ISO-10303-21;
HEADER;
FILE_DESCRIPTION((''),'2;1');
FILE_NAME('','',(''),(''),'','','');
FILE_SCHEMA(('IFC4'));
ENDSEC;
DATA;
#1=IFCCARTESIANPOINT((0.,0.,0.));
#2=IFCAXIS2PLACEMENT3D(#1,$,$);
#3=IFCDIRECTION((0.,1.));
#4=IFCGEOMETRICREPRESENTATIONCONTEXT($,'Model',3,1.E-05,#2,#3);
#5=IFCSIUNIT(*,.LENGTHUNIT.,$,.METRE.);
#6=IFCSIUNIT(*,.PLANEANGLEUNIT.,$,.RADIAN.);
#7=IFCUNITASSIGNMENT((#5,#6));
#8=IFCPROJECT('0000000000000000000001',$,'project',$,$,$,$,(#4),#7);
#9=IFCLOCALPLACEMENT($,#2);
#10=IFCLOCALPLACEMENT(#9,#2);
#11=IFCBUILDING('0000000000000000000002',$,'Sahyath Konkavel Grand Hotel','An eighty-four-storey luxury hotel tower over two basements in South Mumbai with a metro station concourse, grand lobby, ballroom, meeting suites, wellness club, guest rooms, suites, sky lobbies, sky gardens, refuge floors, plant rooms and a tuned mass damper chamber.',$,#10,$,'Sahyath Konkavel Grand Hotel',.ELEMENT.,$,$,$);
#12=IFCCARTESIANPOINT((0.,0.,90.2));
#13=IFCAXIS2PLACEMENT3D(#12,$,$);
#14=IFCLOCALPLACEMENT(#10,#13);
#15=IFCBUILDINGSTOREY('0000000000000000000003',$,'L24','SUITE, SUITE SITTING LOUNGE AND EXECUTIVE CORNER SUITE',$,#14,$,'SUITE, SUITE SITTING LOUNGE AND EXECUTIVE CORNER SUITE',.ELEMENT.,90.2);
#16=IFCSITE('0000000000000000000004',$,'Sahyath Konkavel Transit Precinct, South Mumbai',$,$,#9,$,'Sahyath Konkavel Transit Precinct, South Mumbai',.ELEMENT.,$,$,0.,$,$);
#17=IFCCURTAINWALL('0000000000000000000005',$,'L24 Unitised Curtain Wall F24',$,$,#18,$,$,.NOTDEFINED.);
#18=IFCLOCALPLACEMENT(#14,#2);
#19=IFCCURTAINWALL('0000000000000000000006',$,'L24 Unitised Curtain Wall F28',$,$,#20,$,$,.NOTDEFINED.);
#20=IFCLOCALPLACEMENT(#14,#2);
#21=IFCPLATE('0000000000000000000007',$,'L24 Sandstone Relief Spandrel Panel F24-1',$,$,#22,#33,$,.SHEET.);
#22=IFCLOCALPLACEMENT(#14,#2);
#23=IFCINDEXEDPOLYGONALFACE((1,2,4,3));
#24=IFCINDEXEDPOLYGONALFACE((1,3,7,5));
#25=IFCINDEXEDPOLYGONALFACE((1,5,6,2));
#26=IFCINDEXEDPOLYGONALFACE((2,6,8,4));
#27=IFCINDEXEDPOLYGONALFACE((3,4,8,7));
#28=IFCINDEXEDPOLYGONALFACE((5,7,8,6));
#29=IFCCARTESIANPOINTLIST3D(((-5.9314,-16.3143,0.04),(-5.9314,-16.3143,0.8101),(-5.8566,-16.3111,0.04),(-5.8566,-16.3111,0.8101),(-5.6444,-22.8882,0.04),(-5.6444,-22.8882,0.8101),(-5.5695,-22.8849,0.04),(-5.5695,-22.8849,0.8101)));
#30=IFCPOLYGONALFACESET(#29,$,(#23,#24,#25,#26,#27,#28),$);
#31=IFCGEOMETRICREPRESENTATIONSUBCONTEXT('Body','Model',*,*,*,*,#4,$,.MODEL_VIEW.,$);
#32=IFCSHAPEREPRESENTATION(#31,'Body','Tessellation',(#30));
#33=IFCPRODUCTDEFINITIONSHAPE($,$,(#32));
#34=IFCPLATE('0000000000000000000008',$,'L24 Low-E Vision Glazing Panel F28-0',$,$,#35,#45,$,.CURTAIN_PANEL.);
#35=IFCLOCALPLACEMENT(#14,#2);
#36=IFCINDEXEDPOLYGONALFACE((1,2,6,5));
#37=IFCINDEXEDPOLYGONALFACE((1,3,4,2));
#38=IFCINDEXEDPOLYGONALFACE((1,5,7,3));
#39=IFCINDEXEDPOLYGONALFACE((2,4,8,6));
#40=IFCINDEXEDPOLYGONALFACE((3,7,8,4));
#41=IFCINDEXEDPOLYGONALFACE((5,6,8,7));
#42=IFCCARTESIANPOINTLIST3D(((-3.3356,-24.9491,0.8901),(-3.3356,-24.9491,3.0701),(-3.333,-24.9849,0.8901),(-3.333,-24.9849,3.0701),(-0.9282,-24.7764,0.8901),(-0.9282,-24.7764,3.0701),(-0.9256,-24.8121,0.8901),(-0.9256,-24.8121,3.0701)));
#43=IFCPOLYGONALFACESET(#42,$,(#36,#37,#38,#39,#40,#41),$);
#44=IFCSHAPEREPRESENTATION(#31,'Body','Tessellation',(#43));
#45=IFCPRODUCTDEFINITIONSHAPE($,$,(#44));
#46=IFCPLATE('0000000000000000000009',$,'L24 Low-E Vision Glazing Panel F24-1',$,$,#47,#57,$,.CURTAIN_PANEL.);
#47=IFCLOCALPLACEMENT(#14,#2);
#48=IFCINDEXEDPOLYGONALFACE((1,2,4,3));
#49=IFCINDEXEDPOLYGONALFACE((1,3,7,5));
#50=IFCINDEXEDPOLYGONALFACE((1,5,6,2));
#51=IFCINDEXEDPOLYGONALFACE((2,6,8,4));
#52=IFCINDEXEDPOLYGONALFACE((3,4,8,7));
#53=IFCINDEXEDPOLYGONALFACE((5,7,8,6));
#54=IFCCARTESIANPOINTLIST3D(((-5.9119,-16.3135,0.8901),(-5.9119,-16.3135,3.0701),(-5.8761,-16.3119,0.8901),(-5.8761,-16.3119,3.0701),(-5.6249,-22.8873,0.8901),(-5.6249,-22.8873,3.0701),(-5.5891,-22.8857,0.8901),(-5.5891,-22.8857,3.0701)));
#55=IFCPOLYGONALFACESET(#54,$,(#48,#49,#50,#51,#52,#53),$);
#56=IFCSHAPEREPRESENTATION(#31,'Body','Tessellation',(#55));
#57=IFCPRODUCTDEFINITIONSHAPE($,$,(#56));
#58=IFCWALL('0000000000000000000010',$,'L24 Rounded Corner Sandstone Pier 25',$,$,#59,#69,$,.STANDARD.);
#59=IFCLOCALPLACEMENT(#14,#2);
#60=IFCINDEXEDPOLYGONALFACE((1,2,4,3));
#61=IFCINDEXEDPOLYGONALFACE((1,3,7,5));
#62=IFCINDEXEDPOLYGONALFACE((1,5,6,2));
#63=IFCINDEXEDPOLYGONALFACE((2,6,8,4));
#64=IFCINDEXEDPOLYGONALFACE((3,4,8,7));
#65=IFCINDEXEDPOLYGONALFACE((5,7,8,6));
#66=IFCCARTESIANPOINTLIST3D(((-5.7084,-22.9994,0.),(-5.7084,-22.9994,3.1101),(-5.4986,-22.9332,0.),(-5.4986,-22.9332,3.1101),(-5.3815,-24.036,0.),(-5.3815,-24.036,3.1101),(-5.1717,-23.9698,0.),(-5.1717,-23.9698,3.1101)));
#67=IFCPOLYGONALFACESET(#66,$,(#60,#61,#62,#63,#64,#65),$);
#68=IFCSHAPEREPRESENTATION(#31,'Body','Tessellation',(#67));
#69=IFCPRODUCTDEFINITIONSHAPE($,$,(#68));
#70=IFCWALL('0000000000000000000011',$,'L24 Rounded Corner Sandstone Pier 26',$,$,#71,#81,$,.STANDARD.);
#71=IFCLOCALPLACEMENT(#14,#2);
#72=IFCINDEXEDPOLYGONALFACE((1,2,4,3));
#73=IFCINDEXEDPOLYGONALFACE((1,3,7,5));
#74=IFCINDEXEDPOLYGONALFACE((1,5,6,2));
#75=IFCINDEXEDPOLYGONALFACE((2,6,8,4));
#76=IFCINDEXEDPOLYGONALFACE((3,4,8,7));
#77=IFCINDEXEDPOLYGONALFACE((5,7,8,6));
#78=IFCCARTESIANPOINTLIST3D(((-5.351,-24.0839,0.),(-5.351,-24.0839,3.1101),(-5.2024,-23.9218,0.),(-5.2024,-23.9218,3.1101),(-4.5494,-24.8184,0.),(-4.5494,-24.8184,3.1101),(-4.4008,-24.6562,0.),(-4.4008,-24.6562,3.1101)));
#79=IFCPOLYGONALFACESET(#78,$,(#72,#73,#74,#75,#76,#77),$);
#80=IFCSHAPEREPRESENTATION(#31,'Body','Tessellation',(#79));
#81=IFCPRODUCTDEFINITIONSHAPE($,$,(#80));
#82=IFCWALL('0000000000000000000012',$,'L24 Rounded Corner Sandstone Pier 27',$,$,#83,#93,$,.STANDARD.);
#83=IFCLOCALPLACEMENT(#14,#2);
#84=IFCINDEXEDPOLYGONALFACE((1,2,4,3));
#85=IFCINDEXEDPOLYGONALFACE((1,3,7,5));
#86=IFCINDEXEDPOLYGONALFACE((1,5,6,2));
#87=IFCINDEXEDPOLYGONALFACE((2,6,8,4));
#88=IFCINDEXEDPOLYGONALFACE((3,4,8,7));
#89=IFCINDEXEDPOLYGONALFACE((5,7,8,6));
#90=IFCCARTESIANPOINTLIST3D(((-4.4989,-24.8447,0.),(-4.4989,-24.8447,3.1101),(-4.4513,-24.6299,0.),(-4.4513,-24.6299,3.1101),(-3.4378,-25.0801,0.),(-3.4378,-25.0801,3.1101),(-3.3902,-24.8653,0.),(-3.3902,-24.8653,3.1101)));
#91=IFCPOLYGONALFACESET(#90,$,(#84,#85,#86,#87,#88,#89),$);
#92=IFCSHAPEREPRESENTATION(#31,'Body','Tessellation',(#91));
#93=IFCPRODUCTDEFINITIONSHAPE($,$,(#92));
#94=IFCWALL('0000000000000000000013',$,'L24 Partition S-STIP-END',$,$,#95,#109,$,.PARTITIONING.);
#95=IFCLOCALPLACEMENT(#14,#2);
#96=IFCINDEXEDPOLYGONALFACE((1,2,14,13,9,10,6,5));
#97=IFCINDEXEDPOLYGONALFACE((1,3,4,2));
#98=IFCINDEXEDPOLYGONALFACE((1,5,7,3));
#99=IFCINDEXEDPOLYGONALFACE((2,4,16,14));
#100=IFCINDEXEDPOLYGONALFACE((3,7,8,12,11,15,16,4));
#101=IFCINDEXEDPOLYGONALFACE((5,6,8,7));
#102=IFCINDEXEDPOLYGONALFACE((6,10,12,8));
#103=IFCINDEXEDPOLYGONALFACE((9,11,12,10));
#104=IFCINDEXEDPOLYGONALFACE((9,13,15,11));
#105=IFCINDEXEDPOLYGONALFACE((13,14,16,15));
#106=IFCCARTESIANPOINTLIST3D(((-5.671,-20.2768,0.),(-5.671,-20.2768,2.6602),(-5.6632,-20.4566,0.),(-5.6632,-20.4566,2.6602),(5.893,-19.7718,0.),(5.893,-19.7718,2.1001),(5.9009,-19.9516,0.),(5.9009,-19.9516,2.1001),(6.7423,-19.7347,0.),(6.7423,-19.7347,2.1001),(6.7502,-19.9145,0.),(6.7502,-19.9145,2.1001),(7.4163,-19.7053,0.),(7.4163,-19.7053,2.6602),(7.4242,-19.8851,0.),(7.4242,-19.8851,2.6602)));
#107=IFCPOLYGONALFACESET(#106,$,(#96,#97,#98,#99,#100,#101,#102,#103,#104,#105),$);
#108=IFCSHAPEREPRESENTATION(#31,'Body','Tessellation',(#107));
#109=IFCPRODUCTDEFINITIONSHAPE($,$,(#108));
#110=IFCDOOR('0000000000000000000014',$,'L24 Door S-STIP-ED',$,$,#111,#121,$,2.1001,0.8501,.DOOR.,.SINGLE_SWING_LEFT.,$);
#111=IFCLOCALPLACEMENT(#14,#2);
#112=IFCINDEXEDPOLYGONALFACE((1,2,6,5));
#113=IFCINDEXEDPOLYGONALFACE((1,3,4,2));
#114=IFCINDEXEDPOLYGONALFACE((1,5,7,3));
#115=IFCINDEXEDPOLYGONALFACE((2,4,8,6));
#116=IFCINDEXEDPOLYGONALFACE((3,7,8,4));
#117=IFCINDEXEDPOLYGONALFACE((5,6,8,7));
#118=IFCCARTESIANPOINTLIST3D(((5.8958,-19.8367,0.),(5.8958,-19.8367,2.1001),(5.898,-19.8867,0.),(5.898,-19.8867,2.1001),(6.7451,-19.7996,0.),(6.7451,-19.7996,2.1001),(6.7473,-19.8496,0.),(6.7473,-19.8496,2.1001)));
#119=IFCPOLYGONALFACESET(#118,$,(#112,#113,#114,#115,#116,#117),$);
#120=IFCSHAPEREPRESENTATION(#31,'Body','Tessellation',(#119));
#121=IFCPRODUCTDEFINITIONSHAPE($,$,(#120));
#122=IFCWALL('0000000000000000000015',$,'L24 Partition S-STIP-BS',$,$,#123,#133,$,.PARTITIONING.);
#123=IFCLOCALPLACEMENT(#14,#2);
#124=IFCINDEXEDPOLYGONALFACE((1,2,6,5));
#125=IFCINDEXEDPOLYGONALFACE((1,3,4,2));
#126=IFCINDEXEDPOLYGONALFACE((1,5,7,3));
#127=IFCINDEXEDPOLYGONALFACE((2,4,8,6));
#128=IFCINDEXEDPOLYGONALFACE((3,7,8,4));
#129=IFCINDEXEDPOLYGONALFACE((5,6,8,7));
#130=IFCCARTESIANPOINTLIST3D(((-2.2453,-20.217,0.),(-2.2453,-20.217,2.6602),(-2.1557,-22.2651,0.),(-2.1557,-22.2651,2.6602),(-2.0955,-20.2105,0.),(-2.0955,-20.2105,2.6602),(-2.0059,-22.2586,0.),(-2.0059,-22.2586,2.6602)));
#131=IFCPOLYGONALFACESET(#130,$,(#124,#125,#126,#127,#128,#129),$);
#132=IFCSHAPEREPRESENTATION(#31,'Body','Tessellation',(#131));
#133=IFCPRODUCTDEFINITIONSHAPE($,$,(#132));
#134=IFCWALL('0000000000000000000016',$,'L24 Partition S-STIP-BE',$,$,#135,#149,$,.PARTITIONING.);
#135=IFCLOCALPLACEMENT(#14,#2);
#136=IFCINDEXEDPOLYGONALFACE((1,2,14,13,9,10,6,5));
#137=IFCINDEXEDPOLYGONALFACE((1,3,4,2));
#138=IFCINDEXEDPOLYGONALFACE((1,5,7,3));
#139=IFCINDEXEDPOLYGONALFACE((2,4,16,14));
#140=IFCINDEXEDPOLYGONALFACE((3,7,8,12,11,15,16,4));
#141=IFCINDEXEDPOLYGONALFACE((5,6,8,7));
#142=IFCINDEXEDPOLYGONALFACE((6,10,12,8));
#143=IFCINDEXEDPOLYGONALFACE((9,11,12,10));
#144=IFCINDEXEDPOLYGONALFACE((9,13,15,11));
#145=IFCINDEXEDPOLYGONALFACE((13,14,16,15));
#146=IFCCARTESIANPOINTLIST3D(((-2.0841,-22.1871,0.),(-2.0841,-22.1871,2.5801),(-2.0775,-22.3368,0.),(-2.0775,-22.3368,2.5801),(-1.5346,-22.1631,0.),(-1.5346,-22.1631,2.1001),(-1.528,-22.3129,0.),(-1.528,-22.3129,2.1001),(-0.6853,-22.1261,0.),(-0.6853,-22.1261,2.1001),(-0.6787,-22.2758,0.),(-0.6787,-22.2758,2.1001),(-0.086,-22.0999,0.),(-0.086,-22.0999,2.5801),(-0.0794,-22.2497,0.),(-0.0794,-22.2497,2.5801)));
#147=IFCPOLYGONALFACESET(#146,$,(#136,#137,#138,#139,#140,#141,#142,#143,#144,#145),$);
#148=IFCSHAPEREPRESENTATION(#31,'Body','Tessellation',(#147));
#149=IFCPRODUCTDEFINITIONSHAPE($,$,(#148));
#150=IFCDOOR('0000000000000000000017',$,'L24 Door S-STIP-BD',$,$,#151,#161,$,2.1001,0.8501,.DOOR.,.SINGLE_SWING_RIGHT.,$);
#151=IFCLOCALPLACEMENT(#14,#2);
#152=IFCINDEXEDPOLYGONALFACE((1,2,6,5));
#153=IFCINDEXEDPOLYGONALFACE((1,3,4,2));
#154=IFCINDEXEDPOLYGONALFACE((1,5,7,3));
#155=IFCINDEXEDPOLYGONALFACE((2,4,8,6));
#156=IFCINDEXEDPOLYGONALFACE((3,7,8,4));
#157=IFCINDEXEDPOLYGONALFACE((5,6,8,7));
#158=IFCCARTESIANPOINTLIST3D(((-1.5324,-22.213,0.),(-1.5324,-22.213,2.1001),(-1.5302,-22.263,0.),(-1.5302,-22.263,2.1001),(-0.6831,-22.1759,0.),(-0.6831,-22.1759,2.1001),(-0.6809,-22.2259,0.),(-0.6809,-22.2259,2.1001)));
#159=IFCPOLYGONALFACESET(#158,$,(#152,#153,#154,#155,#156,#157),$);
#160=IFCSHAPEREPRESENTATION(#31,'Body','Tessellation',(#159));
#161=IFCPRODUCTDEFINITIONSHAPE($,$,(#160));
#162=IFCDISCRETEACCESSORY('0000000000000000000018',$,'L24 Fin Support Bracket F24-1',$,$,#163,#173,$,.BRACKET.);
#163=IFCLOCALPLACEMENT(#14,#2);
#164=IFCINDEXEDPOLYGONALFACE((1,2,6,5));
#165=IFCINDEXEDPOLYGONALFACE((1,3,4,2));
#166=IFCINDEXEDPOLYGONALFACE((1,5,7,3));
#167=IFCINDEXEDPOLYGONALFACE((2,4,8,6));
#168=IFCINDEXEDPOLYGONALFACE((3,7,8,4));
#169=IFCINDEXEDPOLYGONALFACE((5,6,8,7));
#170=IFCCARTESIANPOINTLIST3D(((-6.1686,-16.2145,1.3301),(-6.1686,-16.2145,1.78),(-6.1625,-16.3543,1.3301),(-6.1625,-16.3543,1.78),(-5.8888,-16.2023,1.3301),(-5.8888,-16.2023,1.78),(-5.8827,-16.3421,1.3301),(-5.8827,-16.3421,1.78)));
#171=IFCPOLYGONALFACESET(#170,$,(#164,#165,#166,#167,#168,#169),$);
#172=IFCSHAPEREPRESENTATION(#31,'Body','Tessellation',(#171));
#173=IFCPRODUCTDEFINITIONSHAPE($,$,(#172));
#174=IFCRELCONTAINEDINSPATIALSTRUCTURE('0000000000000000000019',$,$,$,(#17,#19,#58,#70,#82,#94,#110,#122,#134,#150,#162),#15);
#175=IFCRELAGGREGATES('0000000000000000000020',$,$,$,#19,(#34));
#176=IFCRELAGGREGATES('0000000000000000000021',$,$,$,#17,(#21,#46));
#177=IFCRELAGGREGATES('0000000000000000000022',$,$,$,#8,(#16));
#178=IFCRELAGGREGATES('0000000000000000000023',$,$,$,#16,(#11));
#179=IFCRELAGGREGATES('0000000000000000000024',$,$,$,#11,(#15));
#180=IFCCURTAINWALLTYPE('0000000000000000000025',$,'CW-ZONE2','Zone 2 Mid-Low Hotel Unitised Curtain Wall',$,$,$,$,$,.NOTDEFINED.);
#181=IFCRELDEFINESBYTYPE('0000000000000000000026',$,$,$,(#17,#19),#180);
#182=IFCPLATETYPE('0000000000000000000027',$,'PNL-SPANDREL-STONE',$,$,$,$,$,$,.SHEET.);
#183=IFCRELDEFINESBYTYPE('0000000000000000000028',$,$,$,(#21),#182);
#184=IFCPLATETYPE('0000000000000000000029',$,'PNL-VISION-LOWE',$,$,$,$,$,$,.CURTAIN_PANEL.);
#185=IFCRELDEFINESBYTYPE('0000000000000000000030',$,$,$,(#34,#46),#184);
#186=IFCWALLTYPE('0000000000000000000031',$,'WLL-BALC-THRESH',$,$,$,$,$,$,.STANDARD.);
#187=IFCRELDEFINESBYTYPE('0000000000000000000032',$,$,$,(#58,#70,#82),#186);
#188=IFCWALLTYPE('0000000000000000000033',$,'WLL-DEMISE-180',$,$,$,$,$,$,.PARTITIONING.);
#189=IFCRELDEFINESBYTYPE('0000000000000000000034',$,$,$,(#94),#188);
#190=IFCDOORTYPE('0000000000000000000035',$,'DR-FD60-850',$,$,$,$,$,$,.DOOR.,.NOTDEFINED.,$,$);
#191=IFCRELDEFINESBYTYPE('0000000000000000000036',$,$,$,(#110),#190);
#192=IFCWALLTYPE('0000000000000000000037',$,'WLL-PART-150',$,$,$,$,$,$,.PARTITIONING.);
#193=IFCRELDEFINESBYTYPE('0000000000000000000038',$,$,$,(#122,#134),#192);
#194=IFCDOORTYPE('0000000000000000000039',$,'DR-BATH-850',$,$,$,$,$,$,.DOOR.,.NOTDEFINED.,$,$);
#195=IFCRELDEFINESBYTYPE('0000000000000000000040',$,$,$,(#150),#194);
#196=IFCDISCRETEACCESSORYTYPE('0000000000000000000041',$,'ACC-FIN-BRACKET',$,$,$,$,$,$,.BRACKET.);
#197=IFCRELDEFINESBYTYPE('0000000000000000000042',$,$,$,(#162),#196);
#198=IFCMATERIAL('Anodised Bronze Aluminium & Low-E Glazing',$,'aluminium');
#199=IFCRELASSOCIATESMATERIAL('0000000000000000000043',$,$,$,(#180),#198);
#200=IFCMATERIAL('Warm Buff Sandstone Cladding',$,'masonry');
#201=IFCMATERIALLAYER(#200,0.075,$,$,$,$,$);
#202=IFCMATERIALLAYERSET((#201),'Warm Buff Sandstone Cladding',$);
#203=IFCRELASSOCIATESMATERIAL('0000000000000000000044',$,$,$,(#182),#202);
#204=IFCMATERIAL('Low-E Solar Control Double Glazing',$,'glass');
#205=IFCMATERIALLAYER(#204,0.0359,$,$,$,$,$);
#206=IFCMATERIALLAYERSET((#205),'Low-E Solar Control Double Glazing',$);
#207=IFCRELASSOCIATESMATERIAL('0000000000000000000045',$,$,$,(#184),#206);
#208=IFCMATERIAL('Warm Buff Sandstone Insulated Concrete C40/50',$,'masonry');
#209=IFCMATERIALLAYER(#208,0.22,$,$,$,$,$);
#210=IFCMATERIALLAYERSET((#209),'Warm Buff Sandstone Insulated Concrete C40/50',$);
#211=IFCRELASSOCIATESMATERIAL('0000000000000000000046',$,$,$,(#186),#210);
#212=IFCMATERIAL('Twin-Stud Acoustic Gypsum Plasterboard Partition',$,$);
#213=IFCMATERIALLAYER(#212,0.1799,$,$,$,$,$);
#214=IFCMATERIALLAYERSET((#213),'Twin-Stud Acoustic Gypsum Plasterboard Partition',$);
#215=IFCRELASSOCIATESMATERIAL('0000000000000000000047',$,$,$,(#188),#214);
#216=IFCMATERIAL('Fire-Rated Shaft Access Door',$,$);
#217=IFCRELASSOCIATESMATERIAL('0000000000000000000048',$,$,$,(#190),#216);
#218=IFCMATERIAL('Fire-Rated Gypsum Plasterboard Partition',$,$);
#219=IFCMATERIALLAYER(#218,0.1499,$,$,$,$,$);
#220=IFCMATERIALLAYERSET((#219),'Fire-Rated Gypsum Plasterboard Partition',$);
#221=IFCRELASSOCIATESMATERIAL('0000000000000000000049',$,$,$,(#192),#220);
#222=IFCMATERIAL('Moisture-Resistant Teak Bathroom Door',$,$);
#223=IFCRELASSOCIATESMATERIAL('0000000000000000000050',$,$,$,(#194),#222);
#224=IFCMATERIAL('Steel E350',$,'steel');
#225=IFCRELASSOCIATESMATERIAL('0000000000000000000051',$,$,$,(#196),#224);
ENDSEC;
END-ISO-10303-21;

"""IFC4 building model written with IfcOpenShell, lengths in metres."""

from ifc_helpers import new_model, si_unit, direction, frame, frame_2d, origin, origin_2d, place, context, subcontext, project, spatial, rectangle, extrude, source, transform, mapped, material, layer, layer_set, type_object, element, fill, aggregate, save


model = new_model("IFC4")

# Units and contexts
model_context = context("Model", 3, precision=1e-05, world=origin(), true_north=direction((0.0, 1.0)))
body_context = subcontext(model_context, "Body", "Model", "MODEL_VIEW")
ifc_project = project(units=[si_unit("LENGTHUNIT", "METRE"), si_unit("PLANEANGLEUNIT", "RADIAN")], contexts=[model_context])

# Site, building, storey
site_placement = place(None, origin())
site = spatial("IfcSite", under=ifc_project, at=site_placement, Name="Sahyath Konkavel Transit Precinct, South Mumbai", LongName="Sahyath Konkavel Transit Precinct, South Mumbai", CompositionType="ELEMENT", RefElevation=0.0)
building_placement = place(site_placement, origin())
building = spatial("IfcBuilding", under=site, at=building_placement, Name="Sahyath Konkavel Grand Hotel", Description="An eighty-four-storey luxury hotel tower over two basements in South Mumbai with a metro station concourse, grand lobby, ballroom, meeting suites, wellness club, guest rooms, suites, sky lobbies, sky gardens, refuge floors, plant rooms and a tuned mass damper chamber.", LongName="Sahyath Konkavel Grand Hotel", CompositionType="ELEMENT")
storey_placement = place(building_placement, frame((0.0, 0.0, 90.2)))
storey = spatial("IfcBuildingStorey", under=building, at=storey_placement, Name="L24", Description="SUITE, SUITE SITTING LOUNGE AND EXECUTIVE CORNER SUITE", LongName="SUITE, SUITE SITTING LOUNGE AND EXECUTIVE CORNER SUITE", CompositionType="ELEMENT", Elevation=90.2)

# Shared definitions
ifc_material_1 = material(Name="Steel E350", Category="steel")

# Curtain walls
ifc_material_2 = material(Name="Anodised Bronze Aluminium & Low-E Glazing", Category="aluminium")
curtain_wall_type = type_object("IfcCurtainWallType", Name="CW-ZONE2", Description="Zone 2 Mid-Low Hotel Unitised Curtain Wall", PredefinedType="NOTDEFINED", material=ifc_material_2)
curtain_wall_1_placement = place(storey_placement, origin())
curtain_wall_1 = element("IfcCurtainWall", 1, at=curtain_wall_1_placement, inside=storey, type_object=curtain_wall_type, Name="L24 Unitised Curtain Wall F24", PredefinedType="NOTDEFINED")
curtain_wall_2_placement = place(storey_placement, origin())
curtain_wall_2 = element("IfcCurtainWall", 2, at=curtain_wall_2_placement, inside=storey, type_object=curtain_wall_type, Name="L24 Unitised Curtain Wall F28", PredefinedType="NOTDEFINED")

# Plates
ifc_material_3 = material(Name="Warm Buff Sandstone Cladding", Category="masonry")
ifc_layer_1 = layer(ifc_material_3, 0.075)
ifc_layer_set_1 = layer_set([ifc_layer_1], Name="Warm Buff Sandstone Cladding")
plate_type_1 = type_object("IfcPlateType", Name="PNL-SPANDREL-STONE", PredefinedType="SHEET", material=ifc_layer_set_1)
shared_shape_1 = source(origin(), body_context, "Body", "SweptSolid", [
    extrude(rectangle(XDim=6.5801, YDim=0.075, at=origin_2d()), origin(), (0.0, 0.0, 1.0), 0.77),
])
plate_1_placement = place(storey_placement, frame((-5.7505, -19.5996, 0.04), z_axis=(0.0, 0.0, 1.0), x_axis=(0.043619, -0.999048, 0.0)))
plate_1 = element("IfcPlate", 3, at=plate_1_placement, type_object=plate_type_1, Name="L24 Sandstone Relief Spandrel Panel F24-1", PredefinedType="SHEET", context=body_context, shape_type="MappedRepresentation", body=[
    mapped(shared_shape_1, transform((0.0, 0.0, 0.0), scale=1.0)),
])
ifc_material_4 = material(Name="Low-E Solar Control Double Glazing", Category="glass")
ifc_layer_2 = layer(ifc_material_4, 0.0359)
ifc_layer_set_2 = layer_set([ifc_layer_2], Name="Low-E Solar Control Double Glazing")
plate_type_2 = type_object("IfcPlateType", Name="PNL-VISION-LOWE", PredefinedType="CURTAIN_PANEL", material=ifc_layer_set_2)
shared_shape_2 = source(origin(), body_context, "Body", "SweptSolid", [
    extrude(rectangle(XDim=2.4136, YDim=0.0359, at=origin_2d()), origin(), (0.0, 0.0, 1.0), 2.1799),
])
plate_2_placement = place(storey_placement, frame((-2.1306, -24.8806, 0.8901), z_axis=(0.0, 0.0, 1.0), x_axis=(0.997436, 0.071567, 0.0)))
plate_2 = element("IfcPlate", 4, at=plate_2_placement, type_object=plate_type_2, Name="L24 Low-E Vision Glazing Panel F28-0", PredefinedType="CURTAIN_PANEL", context=body_context, shape_type="MappedRepresentation", body=[
    mapped(shared_shape_2, transform((0.0, 0.0, 0.0), scale=1.0)),
])
aggregate(curtain_wall_2, [plate_2])
shared_shape_3 = source(origin(), body_context, "Body", "SweptSolid", [
    extrude(rectangle(XDim=6.5801, YDim=0.0359, at=origin_2d()), origin(), (0.0, 0.0, 1.0), 2.1799),
])
plate_3_placement = place(storey_placement, frame((-5.7505, -19.5996, 0.8901), z_axis=(0.0, 0.0, 1.0), x_axis=(0.043619, -0.999048, 0.0)))
plate_3 = element("IfcPlate", 5, at=plate_3_placement, type_object=plate_type_2, Name="L24 Low-E Vision Glazing Panel F24-1", PredefinedType="CURTAIN_PANEL", context=body_context, shape_type="MappedRepresentation", body=[
    mapped(shared_shape_3, transform((0.0, 0.0, 0.0), scale=1.0)),
])
aggregate(curtain_wall_1, [plate_1, plate_3])

# Walls
ifc_material_5 = material(Name="Warm Buff Sandstone Insulated Concrete C40/50", Category="masonry")
ifc_layer_3 = layer(ifc_material_5, 0.22)
ifc_layer_set_3 = layer_set([ifc_layer_3], Name="Warm Buff Sandstone Insulated Concrete C40/50")
wall_type_1 = type_object("IfcWallType", Name="WLL-BALC-THRESH", PredefinedType="STANDARD", material=ifc_layer_set_3)
wall_1_placement = place(storey_placement, frame((-5.6035, -22.9663, 0.0), z_axis=(0.0, 0.0, 1.0), x_axis=(0.300755, -0.953701, 0.0)))
element("IfcWall", 6, at=wall_1_placement, inside=storey, type_object=wall_type_1, Name="L24 Rounded Corner Sandstone Pier 25", PredefinedType="STANDARD", context=body_context, shape_type="SweptSolid", body=[
    extrude(rectangle(XDim=1.0869, YDim=0.22, at=frame_2d((0.5435, 0.0))), origin(), (0.0, 0.0, 1.0), 3.1101),
])
wall_2_placement = place(storey_placement, frame((-5.2766, -24.0029, 0.0), z_axis=(0.0, 0.0, 1.0), x_axis=(0.737313, -0.675552, 0.0)))
element("IfcWall", 7, at=wall_2_placement, inside=storey, type_object=wall_type_1, Name="L24 Rounded Corner Sandstone Pier 26", PredefinedType="STANDARD", context=body_context, shape_type="SweptSolid", body=[
    extrude(rectangle(XDim=1.0872, YDim=0.22, at=frame_2d((0.5435, 0.0))), origin(), (0.0, 0.0, 1.0), 3.1101),
])
wall_3_placement = place(storey_placement, frame((-4.4751, -24.7373, 0.0), z_axis=(0.0, 0.0, 1.0), x_axis=(0.976272, -0.21655, 0.0)))
element("IfcWall", 8, at=wall_3_placement, inside=storey, type_object=wall_type_1, Name="L24 Rounded Corner Sandstone Pier 27", PredefinedType="STANDARD", context=body_context, shape_type="SweptSolid", body=[
    extrude(rectangle(XDim=1.0869, YDim=0.22, at=frame_2d((0.5435, 0.0))), origin(), (0.0, 0.0, 1.0), 3.1101),
])

# Wall, opening, door
ifc_material_6 = material(Name="Twin-Stud Acoustic Gypsum Plasterboard Partition")
ifc_layer_4 = layer(ifc_material_6, 0.1799)
ifc_layer_set_4 = layer_set([ifc_layer_4], Name="Twin-Stud Acoustic Gypsum Plasterboard Partition")
wall_type_2 = type_object("IfcWallType", Name="WLL-DEMISE-180", PredefinedType="PARTITIONING", material=ifc_layer_set_4)
wall_4_placement = place(storey_placement, frame((-5.667, -20.3667, 0.0), z_axis=(0.0, 0.0, 1.0), x_axis=(0.999048, 0.043629, 0.0)))
wall_4 = element("IfcWall", 9, at=wall_4_placement, inside=storey, type_object=wall_type_2, Name="L24 Partition S-STIP-END", PredefinedType="PARTITIONING", context=body_context, shape_type="SweptSolid", body=[
    extrude(rectangle(XDim=13.0999, YDim=0.1799, at=frame_2d((6.5498, 0.0))), origin(), (0.0, 0.0, 1.0), 2.6602),
])
opening_1_placement = place(wall_4_placement, frame((11.575, 0.0, 0.0)))
opening_1 = element("IfcOpeningElement", 10, at=opening_1_placement, cuts=wall_4, PredefinedType="OPENING", context=body_context, shape_type="SweptSolid", body=[
    extrude(rectangle(XDim=0.8501, YDim=2.1001, at=frame_2d((0.425, 1.05))), frame((0.0, 0.1001, 0.0), z_axis=(0.0, -1.0, 0.0), x_axis=(1.0, 0.0, 0.0)), (0.0, 0.0, 1.0), 0.2),
])
ifc_material_7 = material(Name="Fire-Rated Shaft Access Door")
door_type_1 = type_object("IfcDoorType", Name="DR-FD60-850", OperationType="NOTDEFINED", PredefinedType="DOOR", material=ifc_material_7)
shared_shape_4 = source(origin(), body_context, "Body", "SweptSolid", [
    extrude(rectangle(XDim=0.8501, YDim=0.05, at=origin_2d()), origin(), (0.0, 0.0, 1.0), 2.1001),
])
door_1_placement = place(opening_1_placement, frame((0.425, 0.0, 0.0)))
door_1 = element("IfcDoor", 11, at=door_1_placement, inside=storey, type_object=door_type_1, Name="L24 Door S-STIP-ED", OperationType="SINGLE_SWING_LEFT", OverallHeight=2.1001, OverallWidth=0.8501, PredefinedType="DOOR", context=body_context, shape_type="MappedRepresentation", body=[
    mapped(shared_shape_4, transform((0.0, 0.0, 0.0), scale=1.0)),
])
fill(opening_1, door_1)

# Wall
ifc_material_8 = material(Name="Fire-Rated Gypsum Plasterboard Partition")
ifc_layer_5 = layer(ifc_material_8, 0.1499)
ifc_layer_set_5 = layer_set([ifc_layer_5], Name="Fire-Rated Gypsum Plasterboard Partition")
wall_type_3 = type_object("IfcWallType", Name="WLL-PART-150", PredefinedType="PARTITIONING", material=ifc_layer_set_5)
wall_5_placement = place(storey_placement, frame((-2.1704, -20.2139, 0.0), z_axis=(0.0, 0.0, 1.0), x_axis=(0.043706, -0.999044, 0.0)))
element("IfcWall", 12, at=wall_5_placement, inside=storey, type_object=wall_type_3, Name="L24 Partition S-STIP-BS", PredefinedType="PARTITIONING", context=body_context, shape_type="SweptSolid", body=[
    extrude(rectangle(XDim=2.05, YDim=0.1499, at=frame_2d((1.0249, 0.0))), origin(), (0.0, 0.0, 1.0), 2.6602),
])

# Wall, opening, door
wall_6_placement = place(storey_placement, frame((-2.0808, -22.262, 0.0), z_axis=(0.0, 0.0, 1.0), x_axis=(0.99905, 0.04358, 0.0)))
wall_6 = element("IfcWall", 13, at=wall_6_placement, inside=storey, type_object=wall_type_3, Name="L24 Partition S-STIP-BE", PredefinedType="PARTITIONING", context=body_context, shape_type="SweptSolid", body=[
    extrude(rectangle(XDim=2.0, YDim=0.1499, at=frame_2d((1.0, 0.0))), origin(), (0.0, 0.0, 1.0), 2.5801),
])
opening_2_placement = place(wall_6_placement, frame((0.55, 0.0, 0.0)))
opening_2 = element("IfcOpeningElement", 14, at=opening_2_placement, cuts=wall_6, PredefinedType="OPENING", context=body_context, shape_type="SweptSolid", body=[
    extrude(rectangle(XDim=0.8501, YDim=2.1001, at=frame_2d((0.425, 1.05))), frame((0.0, 0.085, 0.0), z_axis=(0.0, -1.0, 0.0), x_axis=(1.0, 0.0, 0.0)), (0.0, 0.0, 1.0), 0.1699),
])
ifc_material_9 = material(Name="Moisture-Resistant Teak Bathroom Door")
door_type_2 = type_object("IfcDoorType", Name="DR-BATH-850", OperationType="NOTDEFINED", PredefinedType="DOOR", material=ifc_material_9)
door_2_placement = place(opening_2_placement, frame((0.425, 0.0, 0.0)))
door_2 = element("IfcDoor", 15, at=door_2_placement, inside=storey, type_object=door_type_2, Name="L24 Door S-STIP-BD", OperationType="SINGLE_SWING_RIGHT", OverallHeight=2.1001, OverallWidth=0.8501, PredefinedType="DOOR", context=body_context, shape_type="MappedRepresentation", body=[
    mapped(shared_shape_4, transform((0.0, 0.0, 0.0), scale=1.0)),
])
fill(opening_2, door_2)

# Discrete accessory
discrete_accessory_type = type_object("IfcDiscreteAccessoryType", Name="ACC-FIN-BRACKET", PredefinedType="BRACKET", material=ifc_material_1)
shared_shape_5 = source(origin(), body_context, "Body", "SweptSolid", [
    extrude(rectangle(XDim=0.28, YDim=0.1399, at=origin_2d()), origin(), (0.0, 0.0, 1.0), 0.45),
])
discrete_accessory_placement = place(storey_placement, frame((-6.0256, -16.2783, 1.3301), z_axis=(0.0, 0.0, 1.0), x_axis=(-0.999048, -0.043619, 0.0)))
element("IfcDiscreteAccessory", 16, at=discrete_accessory_placement, inside=storey, type_object=discrete_accessory_type, Name="L24 Fin Support Bracket F24-1", PredefinedType="BRACKET", context=body_context, shape_type="MappedRepresentation", body=[
    mapped(shared_shape_5, transform((0.0, 0.0, 0.0), scale=1.0)),
])

save(model, "model.ifc")
